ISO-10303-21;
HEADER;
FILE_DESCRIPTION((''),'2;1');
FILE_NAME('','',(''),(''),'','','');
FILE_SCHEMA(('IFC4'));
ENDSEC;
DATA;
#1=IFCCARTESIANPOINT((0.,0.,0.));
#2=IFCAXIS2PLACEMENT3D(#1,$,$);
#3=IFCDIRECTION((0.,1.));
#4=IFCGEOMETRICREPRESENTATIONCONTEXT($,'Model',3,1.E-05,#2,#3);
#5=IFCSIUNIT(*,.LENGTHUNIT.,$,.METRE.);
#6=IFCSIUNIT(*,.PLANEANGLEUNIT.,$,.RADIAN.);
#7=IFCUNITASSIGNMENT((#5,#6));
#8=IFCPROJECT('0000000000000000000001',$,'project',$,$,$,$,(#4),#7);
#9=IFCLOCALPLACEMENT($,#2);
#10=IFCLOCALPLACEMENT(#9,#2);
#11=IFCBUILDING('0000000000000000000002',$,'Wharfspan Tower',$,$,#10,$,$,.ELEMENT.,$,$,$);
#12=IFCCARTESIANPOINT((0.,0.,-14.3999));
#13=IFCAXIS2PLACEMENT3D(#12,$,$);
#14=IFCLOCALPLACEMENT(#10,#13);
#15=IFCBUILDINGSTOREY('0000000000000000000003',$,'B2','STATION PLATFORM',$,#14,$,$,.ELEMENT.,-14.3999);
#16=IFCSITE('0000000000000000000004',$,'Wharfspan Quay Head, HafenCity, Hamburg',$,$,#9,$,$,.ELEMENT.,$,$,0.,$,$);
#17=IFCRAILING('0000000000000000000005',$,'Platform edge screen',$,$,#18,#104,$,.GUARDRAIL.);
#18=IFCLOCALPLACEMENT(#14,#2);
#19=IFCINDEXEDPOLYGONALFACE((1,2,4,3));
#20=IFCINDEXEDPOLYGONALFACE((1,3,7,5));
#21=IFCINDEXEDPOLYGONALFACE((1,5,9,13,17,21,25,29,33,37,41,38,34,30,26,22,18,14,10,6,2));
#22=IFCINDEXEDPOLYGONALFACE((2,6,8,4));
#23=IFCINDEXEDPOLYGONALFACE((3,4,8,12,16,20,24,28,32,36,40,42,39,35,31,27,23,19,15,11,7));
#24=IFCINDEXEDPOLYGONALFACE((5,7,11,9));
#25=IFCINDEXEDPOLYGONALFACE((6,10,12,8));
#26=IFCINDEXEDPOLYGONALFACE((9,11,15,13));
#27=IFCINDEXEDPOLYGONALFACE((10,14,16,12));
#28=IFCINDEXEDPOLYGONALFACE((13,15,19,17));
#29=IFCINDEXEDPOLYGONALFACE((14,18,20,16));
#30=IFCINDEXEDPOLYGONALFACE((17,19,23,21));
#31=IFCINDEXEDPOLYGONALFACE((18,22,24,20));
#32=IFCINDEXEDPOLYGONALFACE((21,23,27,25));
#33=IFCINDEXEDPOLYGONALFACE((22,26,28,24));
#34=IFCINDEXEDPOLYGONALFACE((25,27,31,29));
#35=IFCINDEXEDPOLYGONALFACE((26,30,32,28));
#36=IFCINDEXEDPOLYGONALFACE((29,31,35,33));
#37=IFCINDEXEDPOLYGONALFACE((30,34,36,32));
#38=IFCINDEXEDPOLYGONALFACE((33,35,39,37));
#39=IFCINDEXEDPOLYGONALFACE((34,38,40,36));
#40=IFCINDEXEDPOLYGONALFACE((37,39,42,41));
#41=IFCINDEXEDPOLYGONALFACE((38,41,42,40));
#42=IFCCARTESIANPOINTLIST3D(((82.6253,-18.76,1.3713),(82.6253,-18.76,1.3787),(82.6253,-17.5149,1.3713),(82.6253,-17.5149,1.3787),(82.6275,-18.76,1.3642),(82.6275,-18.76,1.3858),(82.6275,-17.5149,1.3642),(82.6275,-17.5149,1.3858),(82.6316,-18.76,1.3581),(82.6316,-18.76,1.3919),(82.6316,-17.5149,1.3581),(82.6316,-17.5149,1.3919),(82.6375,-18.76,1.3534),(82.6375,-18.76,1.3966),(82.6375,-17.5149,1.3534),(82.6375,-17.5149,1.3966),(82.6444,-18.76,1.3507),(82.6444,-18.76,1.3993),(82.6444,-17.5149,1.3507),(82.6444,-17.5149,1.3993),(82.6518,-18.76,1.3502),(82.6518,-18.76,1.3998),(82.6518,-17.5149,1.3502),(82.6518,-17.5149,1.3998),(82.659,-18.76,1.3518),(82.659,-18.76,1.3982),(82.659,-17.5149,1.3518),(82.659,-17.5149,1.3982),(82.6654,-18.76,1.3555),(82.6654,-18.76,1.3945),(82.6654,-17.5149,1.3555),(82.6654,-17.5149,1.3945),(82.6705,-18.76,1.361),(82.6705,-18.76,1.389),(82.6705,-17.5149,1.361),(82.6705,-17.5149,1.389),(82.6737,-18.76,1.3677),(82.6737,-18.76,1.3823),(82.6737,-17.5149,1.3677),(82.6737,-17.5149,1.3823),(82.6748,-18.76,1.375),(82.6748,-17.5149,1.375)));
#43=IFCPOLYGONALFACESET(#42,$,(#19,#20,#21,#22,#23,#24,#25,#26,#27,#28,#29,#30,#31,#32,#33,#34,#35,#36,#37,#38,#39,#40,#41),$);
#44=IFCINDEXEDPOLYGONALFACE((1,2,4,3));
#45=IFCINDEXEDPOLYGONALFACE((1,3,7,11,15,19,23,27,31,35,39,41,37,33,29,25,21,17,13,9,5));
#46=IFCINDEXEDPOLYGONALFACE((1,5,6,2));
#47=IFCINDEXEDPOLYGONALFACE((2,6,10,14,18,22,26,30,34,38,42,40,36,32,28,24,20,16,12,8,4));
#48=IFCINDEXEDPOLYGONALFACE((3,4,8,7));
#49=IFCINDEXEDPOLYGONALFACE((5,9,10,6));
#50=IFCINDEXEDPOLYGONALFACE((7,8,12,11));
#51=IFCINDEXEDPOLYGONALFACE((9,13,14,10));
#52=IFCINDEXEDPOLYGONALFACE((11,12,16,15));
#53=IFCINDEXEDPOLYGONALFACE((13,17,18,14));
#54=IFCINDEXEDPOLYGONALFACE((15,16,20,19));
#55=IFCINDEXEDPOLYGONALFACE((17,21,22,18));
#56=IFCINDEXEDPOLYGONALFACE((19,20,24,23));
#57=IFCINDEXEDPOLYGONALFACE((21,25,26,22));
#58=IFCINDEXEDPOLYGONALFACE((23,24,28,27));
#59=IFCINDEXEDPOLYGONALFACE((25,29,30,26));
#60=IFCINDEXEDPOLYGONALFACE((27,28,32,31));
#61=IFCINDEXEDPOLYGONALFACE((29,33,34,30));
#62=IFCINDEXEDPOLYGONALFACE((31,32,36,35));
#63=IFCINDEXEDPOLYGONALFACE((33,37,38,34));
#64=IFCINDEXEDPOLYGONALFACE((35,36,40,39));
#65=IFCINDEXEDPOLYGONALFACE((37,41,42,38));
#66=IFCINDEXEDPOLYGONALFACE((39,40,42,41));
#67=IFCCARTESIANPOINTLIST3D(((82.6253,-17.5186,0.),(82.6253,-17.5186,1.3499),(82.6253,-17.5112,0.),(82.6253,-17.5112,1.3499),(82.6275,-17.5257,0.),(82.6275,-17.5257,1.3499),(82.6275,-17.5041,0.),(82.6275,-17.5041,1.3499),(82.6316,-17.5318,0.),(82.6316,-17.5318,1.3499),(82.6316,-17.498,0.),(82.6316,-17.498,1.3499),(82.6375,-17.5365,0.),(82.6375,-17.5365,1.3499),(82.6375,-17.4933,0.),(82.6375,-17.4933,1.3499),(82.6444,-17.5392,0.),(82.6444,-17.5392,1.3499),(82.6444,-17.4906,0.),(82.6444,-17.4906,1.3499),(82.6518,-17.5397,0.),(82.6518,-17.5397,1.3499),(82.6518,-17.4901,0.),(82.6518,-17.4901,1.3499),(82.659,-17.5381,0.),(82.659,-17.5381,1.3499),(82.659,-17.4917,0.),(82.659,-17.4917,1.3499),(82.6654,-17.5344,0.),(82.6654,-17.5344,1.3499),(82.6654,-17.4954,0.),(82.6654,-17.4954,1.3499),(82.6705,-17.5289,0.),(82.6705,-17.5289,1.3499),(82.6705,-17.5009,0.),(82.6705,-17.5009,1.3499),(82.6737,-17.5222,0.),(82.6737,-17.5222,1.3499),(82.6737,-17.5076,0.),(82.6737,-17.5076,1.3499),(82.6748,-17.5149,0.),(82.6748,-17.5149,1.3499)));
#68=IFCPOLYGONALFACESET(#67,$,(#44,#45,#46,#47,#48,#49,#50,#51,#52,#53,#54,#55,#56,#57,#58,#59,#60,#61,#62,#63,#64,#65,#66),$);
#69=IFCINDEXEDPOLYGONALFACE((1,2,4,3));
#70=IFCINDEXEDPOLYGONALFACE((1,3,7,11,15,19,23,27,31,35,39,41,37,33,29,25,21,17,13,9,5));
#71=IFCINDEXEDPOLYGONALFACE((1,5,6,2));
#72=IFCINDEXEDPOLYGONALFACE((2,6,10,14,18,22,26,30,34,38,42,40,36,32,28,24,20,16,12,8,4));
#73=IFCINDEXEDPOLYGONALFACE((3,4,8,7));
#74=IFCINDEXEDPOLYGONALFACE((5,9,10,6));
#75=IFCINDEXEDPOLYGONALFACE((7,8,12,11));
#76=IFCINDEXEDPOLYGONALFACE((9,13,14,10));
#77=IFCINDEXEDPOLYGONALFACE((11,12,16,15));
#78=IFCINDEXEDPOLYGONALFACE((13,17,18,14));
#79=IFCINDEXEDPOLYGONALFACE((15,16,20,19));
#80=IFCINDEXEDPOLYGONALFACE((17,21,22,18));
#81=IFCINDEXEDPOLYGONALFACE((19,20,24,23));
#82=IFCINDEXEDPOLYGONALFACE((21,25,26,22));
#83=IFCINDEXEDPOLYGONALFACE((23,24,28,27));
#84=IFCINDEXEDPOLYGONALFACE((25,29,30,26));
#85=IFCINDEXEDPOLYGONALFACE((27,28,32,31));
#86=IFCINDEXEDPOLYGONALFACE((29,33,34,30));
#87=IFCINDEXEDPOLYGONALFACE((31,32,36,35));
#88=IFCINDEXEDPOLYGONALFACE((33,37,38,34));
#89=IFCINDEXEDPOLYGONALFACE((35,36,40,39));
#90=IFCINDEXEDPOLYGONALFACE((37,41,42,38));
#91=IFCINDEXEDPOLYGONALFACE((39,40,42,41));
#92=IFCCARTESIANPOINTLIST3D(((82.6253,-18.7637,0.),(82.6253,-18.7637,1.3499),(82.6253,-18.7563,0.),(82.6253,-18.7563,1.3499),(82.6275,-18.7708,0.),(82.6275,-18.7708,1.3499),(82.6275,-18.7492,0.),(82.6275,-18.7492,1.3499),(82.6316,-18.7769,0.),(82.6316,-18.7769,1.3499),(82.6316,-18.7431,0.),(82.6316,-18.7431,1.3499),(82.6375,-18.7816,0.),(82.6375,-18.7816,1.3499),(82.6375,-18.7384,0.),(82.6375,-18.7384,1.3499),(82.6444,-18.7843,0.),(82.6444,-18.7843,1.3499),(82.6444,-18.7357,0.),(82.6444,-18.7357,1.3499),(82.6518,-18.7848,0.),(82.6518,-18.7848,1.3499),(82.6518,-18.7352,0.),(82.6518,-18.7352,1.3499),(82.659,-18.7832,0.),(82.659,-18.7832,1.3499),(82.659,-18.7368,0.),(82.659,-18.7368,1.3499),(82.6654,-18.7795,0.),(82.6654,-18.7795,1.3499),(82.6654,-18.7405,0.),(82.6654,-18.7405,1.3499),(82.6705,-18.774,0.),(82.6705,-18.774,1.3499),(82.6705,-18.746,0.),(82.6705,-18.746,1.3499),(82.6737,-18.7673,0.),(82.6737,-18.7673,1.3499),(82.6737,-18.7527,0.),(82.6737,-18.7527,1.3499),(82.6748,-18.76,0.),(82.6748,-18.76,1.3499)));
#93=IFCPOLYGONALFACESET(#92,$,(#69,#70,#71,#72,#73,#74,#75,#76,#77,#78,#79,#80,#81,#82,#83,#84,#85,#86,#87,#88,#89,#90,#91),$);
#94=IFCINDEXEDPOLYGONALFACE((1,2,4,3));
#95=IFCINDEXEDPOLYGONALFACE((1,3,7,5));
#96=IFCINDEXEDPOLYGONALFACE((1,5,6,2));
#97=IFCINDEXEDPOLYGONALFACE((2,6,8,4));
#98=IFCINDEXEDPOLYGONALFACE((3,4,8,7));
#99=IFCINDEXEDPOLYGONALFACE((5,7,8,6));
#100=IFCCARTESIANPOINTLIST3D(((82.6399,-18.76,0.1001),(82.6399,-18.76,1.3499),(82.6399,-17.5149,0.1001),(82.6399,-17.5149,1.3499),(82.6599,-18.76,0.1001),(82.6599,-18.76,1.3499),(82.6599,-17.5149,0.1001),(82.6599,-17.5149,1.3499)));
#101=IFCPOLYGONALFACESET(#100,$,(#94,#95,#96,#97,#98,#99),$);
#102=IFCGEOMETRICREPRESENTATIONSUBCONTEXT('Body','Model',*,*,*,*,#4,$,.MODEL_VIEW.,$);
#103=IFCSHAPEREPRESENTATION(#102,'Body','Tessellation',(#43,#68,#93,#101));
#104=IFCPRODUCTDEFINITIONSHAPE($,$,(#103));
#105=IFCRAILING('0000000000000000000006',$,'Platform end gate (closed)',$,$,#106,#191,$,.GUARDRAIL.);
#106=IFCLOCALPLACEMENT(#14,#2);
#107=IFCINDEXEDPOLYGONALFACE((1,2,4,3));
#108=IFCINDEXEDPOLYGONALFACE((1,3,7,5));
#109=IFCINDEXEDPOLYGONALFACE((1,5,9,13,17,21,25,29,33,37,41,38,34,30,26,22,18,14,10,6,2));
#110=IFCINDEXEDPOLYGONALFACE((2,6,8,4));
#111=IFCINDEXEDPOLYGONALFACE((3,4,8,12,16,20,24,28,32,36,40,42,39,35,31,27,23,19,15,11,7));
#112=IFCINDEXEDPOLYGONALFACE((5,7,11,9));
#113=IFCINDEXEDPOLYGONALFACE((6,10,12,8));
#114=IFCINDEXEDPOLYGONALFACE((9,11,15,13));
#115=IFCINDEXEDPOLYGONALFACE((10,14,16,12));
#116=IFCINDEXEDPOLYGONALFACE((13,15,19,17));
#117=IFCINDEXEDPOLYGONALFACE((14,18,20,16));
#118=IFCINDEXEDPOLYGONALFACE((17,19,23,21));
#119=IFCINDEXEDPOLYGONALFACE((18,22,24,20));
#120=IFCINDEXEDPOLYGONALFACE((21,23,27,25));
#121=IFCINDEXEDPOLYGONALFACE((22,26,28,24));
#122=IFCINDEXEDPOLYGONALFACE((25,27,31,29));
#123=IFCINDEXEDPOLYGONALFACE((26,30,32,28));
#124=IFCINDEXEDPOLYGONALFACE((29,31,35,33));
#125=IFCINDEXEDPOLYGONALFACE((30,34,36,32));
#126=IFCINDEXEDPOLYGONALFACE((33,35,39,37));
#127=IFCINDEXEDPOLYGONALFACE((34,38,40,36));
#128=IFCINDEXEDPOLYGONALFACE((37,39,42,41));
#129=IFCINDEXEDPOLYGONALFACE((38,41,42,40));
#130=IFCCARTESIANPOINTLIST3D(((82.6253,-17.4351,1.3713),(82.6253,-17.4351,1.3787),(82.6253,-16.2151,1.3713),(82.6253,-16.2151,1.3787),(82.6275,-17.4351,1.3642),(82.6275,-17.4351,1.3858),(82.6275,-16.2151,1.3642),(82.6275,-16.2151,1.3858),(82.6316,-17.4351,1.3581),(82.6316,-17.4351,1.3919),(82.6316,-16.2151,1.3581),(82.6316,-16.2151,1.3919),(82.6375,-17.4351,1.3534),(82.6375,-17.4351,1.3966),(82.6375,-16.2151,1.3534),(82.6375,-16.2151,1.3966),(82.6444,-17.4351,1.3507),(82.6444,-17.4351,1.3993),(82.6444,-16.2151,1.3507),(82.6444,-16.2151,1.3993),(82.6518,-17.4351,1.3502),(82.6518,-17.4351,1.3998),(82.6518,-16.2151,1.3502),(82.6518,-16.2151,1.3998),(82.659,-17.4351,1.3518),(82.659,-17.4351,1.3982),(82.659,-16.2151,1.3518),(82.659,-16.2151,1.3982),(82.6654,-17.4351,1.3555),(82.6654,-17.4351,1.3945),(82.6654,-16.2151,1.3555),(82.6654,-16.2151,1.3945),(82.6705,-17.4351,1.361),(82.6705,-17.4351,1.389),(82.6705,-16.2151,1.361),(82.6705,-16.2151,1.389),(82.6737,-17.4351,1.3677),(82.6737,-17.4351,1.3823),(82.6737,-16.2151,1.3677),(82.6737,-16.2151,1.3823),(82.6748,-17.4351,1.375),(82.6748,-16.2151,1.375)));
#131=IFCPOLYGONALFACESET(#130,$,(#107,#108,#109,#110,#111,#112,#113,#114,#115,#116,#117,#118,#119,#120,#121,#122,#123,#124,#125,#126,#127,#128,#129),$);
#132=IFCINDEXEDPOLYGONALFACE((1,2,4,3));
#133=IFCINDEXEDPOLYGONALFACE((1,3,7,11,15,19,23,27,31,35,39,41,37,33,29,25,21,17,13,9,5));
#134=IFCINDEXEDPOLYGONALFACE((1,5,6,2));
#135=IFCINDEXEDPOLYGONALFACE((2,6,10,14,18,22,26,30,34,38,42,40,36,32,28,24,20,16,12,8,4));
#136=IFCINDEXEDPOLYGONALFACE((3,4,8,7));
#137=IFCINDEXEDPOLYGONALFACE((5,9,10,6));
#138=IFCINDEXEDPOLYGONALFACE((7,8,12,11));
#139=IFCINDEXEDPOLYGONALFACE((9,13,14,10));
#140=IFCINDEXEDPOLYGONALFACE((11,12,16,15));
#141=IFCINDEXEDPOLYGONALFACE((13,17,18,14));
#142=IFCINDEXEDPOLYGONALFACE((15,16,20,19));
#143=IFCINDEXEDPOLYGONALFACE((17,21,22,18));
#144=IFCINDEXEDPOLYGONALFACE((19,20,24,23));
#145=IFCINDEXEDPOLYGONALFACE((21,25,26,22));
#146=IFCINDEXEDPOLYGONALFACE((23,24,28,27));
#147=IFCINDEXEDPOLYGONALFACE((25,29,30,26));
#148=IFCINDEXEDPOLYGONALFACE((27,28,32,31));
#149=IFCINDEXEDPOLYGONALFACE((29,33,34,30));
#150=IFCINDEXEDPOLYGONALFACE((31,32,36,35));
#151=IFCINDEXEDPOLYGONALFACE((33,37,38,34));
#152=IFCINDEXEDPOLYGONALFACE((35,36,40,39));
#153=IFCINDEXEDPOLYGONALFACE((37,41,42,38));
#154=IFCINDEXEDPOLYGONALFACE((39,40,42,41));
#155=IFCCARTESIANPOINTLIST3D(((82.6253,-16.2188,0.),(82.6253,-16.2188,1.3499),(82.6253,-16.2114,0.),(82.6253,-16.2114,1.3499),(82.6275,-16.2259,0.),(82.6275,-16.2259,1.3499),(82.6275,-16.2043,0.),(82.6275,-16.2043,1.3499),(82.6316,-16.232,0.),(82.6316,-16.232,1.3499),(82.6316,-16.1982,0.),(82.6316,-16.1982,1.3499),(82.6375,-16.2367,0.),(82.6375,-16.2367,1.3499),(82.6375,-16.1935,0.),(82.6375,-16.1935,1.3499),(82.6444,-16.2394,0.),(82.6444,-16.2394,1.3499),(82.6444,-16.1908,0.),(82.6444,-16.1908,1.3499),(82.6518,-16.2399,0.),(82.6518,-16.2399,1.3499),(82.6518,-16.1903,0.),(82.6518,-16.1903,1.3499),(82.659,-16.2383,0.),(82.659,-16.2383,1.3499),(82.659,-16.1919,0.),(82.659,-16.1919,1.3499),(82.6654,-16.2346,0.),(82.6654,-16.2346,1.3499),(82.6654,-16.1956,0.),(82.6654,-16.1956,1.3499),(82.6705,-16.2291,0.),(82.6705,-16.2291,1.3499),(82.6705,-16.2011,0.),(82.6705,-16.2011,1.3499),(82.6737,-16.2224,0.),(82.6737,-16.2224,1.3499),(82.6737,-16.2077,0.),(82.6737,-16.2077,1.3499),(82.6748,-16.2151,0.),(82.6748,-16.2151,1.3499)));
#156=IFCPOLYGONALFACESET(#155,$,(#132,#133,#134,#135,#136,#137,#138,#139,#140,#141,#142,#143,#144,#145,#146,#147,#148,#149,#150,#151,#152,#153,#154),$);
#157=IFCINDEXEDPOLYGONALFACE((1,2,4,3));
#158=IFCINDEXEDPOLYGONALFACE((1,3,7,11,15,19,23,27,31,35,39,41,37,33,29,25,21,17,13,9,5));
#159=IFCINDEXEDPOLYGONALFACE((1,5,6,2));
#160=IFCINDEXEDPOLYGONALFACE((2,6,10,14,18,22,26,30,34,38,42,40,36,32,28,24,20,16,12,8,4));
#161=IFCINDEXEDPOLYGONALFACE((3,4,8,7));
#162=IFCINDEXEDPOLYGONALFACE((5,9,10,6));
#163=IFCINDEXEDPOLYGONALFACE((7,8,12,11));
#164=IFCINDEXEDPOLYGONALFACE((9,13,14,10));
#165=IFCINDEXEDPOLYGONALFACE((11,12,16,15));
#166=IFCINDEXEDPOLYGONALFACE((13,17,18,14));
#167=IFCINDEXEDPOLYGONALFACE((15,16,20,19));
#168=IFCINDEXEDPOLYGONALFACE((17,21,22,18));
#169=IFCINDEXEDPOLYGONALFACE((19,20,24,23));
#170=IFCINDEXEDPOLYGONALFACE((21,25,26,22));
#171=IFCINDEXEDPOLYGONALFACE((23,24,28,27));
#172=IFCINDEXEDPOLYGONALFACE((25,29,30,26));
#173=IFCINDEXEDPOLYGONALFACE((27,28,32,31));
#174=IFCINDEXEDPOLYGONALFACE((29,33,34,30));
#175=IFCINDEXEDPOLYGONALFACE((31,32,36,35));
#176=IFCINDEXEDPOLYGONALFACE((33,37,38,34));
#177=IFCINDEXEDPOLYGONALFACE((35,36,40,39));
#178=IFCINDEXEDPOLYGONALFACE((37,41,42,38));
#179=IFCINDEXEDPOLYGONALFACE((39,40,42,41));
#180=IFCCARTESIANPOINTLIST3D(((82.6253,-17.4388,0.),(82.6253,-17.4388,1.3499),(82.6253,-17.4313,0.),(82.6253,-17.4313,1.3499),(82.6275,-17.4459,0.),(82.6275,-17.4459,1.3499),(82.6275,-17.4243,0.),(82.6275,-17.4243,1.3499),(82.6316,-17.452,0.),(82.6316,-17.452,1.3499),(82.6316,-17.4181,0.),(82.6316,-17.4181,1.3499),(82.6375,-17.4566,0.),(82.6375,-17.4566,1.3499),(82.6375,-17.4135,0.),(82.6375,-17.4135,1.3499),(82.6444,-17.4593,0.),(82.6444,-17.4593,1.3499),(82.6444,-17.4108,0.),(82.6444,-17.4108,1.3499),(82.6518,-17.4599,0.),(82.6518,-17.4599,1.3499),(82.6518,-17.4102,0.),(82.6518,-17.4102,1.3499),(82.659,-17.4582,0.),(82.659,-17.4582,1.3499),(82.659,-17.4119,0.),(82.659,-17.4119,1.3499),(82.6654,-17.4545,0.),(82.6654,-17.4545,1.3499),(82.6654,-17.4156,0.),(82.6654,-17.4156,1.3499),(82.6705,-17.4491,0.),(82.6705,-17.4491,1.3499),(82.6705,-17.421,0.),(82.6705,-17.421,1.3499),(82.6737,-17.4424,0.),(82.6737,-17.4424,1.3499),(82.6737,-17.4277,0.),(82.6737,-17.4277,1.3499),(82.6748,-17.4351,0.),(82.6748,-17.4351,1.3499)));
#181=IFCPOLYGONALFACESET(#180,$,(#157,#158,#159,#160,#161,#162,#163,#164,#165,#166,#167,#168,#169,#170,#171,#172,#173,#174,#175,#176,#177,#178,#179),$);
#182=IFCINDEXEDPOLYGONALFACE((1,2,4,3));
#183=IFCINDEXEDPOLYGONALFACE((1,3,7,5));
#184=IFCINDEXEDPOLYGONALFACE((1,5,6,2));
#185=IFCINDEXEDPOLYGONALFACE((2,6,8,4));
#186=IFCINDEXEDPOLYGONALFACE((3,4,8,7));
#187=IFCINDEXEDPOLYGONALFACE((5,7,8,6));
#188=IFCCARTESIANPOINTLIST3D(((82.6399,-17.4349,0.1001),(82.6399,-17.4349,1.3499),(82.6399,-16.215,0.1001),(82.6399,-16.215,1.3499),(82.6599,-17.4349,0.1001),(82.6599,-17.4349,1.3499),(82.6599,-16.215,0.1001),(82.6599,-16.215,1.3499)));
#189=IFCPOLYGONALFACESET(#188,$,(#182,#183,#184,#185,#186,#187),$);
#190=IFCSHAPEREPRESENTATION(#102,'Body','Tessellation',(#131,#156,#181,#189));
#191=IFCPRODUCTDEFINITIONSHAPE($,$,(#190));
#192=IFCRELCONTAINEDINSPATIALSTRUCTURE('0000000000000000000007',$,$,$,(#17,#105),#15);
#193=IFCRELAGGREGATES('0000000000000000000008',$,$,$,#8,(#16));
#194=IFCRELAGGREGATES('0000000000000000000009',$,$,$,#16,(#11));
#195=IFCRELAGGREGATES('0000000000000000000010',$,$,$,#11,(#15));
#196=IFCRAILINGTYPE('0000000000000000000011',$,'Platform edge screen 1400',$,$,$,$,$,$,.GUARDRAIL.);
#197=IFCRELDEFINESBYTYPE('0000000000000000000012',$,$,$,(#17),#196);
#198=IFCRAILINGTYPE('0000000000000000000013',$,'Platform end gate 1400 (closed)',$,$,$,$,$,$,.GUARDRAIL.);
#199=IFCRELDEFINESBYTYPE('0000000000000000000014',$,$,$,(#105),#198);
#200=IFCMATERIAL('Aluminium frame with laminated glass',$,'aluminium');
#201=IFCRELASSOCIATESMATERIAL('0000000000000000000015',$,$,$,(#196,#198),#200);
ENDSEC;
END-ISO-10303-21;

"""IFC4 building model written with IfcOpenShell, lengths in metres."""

from ifc_helpers import new_model, si_unit, direction, frame, origin, origin_2d, place, context, subcontext, project, spatial, rectangle, circle, extrude, material, type_object, element, save


model = new_model("IFC4")

# Units and contexts
model_context = context("Model", 3, precision=1e-05, world=origin(), true_north=direction((0.0, 1.0)))
body_context = subcontext(model_context, "Body", "Model", "MODEL_VIEW")
ifc_project = project(units=[si_unit("LENGTHUNIT", "METRE"), si_unit("PLANEANGLEUNIT", "RADIAN")], contexts=[model_context])

# Site, building, storey
site_placement = place(None, origin())
site = spatial("IfcSite", under=ifc_project, at=site_placement, Name="Wharfspan Quay Head, HafenCity, Hamburg", CompositionType="ELEMENT", RefElevation=0.0)
building_placement = place(site_placement, origin())
building = spatial("IfcBuilding", under=site, at=building_placement, Name="Wharfspan Tower", CompositionType="ELEMENT")
storey_placement = place(building_placement, frame((0.0, 0.0, -14.3999)))
storey = spatial("IfcBuildingStorey", under=building, at=storey_placement, Name="B2", Description="STATION PLATFORM", CompositionType="ELEMENT", Elevation=-14.3999)

# Railings
ifc_material_1 = material(Name="Aluminium frame with laminated glass", Category="aluminium")
railing_type_1 = type_object("IfcRailingType", Name="Platform edge screen 1400", PredefinedType="GUARDRAIL", material=ifc_material_1)
for number, where, name in (
    (1, (82.6499, -17.5149, 0.0), "Platform edge screen"),
):
    element("IfcRailing", number, at=place(storey_placement, frame(where)), inside=storey, type_object=railing_type_1, Name=name, PredefinedType="GUARDRAIL", context=body_context, shape_type="SweptSolid", body=[
        extrude(circle(Radius=0.0249, at=origin_2d()), frame((0.0, 0.0, 1.375), z_axis=(0.0, -1.0, 0.0), x_axis=(1.0, 0.0, 0.0)), (0.0, 0.0, 1.0), 1.2451),
        extrude(circle(Radius=0.0249, at=origin_2d()), origin(), (0.0, 0.0, 1.0), 1.3499),
        extrude(circle(Radius=0.0249, at=origin_2d()), frame((0.0, -1.2451, 0.0)), (0.0, 0.0, 1.0), 1.3499),
        extrude(rectangle(XDim=1.2451, YDim=0.02, at=origin_2d()), frame((0.0, -0.6226, 0.1001), z_axis=(0.0, 0.0, 1.0), x_axis=(0.0, -1.0, 0.0)), (0.0, 0.0, 1.0), 1.2498),
    ])
railing_type_2 = type_object("IfcRailingType", Name="Platform end gate 1400 (closed)", PredefinedType="GUARDRAIL", material=ifc_material_1)
railing_1_placement = place(storey_placement, frame((82.6499, -16.2151, 0.0)))
element("IfcRailing", 2, at=railing_1_placement, inside=storey, type_object=railing_type_2, Name="Platform end gate (closed)", PredefinedType="GUARDRAIL", context=body_context, shape_type="SweptSolid", body=[
    extrude(circle(Radius=0.0249, at=origin_2d()), frame((0.0, 0.0, 1.375), z_axis=(0.0, -1.0, 0.0), x_axis=(1.0, 0.0, 0.0)), (0.0, 0.0, 1.0), 1.22),
    extrude(circle(Radius=0.0249, at=origin_2d()), origin(), (0.0, 0.0, 1.0), 1.3499),
    extrude(circle(Radius=0.0249, at=origin_2d()), frame((0.0, -1.22, 0.0)), (0.0, 0.0, 1.0), 1.3499),
    extrude(rectangle(XDim=1.22, YDim=0.02, at=origin_2d()), frame((0.0, -0.6099, 0.1001), z_axis=(0.0, 0.0, 1.0), x_axis=(0.0, -1.0, 0.0)), (0.0, 0.0, 1.0), 1.2498),
])

save(model, "model.ifc")
